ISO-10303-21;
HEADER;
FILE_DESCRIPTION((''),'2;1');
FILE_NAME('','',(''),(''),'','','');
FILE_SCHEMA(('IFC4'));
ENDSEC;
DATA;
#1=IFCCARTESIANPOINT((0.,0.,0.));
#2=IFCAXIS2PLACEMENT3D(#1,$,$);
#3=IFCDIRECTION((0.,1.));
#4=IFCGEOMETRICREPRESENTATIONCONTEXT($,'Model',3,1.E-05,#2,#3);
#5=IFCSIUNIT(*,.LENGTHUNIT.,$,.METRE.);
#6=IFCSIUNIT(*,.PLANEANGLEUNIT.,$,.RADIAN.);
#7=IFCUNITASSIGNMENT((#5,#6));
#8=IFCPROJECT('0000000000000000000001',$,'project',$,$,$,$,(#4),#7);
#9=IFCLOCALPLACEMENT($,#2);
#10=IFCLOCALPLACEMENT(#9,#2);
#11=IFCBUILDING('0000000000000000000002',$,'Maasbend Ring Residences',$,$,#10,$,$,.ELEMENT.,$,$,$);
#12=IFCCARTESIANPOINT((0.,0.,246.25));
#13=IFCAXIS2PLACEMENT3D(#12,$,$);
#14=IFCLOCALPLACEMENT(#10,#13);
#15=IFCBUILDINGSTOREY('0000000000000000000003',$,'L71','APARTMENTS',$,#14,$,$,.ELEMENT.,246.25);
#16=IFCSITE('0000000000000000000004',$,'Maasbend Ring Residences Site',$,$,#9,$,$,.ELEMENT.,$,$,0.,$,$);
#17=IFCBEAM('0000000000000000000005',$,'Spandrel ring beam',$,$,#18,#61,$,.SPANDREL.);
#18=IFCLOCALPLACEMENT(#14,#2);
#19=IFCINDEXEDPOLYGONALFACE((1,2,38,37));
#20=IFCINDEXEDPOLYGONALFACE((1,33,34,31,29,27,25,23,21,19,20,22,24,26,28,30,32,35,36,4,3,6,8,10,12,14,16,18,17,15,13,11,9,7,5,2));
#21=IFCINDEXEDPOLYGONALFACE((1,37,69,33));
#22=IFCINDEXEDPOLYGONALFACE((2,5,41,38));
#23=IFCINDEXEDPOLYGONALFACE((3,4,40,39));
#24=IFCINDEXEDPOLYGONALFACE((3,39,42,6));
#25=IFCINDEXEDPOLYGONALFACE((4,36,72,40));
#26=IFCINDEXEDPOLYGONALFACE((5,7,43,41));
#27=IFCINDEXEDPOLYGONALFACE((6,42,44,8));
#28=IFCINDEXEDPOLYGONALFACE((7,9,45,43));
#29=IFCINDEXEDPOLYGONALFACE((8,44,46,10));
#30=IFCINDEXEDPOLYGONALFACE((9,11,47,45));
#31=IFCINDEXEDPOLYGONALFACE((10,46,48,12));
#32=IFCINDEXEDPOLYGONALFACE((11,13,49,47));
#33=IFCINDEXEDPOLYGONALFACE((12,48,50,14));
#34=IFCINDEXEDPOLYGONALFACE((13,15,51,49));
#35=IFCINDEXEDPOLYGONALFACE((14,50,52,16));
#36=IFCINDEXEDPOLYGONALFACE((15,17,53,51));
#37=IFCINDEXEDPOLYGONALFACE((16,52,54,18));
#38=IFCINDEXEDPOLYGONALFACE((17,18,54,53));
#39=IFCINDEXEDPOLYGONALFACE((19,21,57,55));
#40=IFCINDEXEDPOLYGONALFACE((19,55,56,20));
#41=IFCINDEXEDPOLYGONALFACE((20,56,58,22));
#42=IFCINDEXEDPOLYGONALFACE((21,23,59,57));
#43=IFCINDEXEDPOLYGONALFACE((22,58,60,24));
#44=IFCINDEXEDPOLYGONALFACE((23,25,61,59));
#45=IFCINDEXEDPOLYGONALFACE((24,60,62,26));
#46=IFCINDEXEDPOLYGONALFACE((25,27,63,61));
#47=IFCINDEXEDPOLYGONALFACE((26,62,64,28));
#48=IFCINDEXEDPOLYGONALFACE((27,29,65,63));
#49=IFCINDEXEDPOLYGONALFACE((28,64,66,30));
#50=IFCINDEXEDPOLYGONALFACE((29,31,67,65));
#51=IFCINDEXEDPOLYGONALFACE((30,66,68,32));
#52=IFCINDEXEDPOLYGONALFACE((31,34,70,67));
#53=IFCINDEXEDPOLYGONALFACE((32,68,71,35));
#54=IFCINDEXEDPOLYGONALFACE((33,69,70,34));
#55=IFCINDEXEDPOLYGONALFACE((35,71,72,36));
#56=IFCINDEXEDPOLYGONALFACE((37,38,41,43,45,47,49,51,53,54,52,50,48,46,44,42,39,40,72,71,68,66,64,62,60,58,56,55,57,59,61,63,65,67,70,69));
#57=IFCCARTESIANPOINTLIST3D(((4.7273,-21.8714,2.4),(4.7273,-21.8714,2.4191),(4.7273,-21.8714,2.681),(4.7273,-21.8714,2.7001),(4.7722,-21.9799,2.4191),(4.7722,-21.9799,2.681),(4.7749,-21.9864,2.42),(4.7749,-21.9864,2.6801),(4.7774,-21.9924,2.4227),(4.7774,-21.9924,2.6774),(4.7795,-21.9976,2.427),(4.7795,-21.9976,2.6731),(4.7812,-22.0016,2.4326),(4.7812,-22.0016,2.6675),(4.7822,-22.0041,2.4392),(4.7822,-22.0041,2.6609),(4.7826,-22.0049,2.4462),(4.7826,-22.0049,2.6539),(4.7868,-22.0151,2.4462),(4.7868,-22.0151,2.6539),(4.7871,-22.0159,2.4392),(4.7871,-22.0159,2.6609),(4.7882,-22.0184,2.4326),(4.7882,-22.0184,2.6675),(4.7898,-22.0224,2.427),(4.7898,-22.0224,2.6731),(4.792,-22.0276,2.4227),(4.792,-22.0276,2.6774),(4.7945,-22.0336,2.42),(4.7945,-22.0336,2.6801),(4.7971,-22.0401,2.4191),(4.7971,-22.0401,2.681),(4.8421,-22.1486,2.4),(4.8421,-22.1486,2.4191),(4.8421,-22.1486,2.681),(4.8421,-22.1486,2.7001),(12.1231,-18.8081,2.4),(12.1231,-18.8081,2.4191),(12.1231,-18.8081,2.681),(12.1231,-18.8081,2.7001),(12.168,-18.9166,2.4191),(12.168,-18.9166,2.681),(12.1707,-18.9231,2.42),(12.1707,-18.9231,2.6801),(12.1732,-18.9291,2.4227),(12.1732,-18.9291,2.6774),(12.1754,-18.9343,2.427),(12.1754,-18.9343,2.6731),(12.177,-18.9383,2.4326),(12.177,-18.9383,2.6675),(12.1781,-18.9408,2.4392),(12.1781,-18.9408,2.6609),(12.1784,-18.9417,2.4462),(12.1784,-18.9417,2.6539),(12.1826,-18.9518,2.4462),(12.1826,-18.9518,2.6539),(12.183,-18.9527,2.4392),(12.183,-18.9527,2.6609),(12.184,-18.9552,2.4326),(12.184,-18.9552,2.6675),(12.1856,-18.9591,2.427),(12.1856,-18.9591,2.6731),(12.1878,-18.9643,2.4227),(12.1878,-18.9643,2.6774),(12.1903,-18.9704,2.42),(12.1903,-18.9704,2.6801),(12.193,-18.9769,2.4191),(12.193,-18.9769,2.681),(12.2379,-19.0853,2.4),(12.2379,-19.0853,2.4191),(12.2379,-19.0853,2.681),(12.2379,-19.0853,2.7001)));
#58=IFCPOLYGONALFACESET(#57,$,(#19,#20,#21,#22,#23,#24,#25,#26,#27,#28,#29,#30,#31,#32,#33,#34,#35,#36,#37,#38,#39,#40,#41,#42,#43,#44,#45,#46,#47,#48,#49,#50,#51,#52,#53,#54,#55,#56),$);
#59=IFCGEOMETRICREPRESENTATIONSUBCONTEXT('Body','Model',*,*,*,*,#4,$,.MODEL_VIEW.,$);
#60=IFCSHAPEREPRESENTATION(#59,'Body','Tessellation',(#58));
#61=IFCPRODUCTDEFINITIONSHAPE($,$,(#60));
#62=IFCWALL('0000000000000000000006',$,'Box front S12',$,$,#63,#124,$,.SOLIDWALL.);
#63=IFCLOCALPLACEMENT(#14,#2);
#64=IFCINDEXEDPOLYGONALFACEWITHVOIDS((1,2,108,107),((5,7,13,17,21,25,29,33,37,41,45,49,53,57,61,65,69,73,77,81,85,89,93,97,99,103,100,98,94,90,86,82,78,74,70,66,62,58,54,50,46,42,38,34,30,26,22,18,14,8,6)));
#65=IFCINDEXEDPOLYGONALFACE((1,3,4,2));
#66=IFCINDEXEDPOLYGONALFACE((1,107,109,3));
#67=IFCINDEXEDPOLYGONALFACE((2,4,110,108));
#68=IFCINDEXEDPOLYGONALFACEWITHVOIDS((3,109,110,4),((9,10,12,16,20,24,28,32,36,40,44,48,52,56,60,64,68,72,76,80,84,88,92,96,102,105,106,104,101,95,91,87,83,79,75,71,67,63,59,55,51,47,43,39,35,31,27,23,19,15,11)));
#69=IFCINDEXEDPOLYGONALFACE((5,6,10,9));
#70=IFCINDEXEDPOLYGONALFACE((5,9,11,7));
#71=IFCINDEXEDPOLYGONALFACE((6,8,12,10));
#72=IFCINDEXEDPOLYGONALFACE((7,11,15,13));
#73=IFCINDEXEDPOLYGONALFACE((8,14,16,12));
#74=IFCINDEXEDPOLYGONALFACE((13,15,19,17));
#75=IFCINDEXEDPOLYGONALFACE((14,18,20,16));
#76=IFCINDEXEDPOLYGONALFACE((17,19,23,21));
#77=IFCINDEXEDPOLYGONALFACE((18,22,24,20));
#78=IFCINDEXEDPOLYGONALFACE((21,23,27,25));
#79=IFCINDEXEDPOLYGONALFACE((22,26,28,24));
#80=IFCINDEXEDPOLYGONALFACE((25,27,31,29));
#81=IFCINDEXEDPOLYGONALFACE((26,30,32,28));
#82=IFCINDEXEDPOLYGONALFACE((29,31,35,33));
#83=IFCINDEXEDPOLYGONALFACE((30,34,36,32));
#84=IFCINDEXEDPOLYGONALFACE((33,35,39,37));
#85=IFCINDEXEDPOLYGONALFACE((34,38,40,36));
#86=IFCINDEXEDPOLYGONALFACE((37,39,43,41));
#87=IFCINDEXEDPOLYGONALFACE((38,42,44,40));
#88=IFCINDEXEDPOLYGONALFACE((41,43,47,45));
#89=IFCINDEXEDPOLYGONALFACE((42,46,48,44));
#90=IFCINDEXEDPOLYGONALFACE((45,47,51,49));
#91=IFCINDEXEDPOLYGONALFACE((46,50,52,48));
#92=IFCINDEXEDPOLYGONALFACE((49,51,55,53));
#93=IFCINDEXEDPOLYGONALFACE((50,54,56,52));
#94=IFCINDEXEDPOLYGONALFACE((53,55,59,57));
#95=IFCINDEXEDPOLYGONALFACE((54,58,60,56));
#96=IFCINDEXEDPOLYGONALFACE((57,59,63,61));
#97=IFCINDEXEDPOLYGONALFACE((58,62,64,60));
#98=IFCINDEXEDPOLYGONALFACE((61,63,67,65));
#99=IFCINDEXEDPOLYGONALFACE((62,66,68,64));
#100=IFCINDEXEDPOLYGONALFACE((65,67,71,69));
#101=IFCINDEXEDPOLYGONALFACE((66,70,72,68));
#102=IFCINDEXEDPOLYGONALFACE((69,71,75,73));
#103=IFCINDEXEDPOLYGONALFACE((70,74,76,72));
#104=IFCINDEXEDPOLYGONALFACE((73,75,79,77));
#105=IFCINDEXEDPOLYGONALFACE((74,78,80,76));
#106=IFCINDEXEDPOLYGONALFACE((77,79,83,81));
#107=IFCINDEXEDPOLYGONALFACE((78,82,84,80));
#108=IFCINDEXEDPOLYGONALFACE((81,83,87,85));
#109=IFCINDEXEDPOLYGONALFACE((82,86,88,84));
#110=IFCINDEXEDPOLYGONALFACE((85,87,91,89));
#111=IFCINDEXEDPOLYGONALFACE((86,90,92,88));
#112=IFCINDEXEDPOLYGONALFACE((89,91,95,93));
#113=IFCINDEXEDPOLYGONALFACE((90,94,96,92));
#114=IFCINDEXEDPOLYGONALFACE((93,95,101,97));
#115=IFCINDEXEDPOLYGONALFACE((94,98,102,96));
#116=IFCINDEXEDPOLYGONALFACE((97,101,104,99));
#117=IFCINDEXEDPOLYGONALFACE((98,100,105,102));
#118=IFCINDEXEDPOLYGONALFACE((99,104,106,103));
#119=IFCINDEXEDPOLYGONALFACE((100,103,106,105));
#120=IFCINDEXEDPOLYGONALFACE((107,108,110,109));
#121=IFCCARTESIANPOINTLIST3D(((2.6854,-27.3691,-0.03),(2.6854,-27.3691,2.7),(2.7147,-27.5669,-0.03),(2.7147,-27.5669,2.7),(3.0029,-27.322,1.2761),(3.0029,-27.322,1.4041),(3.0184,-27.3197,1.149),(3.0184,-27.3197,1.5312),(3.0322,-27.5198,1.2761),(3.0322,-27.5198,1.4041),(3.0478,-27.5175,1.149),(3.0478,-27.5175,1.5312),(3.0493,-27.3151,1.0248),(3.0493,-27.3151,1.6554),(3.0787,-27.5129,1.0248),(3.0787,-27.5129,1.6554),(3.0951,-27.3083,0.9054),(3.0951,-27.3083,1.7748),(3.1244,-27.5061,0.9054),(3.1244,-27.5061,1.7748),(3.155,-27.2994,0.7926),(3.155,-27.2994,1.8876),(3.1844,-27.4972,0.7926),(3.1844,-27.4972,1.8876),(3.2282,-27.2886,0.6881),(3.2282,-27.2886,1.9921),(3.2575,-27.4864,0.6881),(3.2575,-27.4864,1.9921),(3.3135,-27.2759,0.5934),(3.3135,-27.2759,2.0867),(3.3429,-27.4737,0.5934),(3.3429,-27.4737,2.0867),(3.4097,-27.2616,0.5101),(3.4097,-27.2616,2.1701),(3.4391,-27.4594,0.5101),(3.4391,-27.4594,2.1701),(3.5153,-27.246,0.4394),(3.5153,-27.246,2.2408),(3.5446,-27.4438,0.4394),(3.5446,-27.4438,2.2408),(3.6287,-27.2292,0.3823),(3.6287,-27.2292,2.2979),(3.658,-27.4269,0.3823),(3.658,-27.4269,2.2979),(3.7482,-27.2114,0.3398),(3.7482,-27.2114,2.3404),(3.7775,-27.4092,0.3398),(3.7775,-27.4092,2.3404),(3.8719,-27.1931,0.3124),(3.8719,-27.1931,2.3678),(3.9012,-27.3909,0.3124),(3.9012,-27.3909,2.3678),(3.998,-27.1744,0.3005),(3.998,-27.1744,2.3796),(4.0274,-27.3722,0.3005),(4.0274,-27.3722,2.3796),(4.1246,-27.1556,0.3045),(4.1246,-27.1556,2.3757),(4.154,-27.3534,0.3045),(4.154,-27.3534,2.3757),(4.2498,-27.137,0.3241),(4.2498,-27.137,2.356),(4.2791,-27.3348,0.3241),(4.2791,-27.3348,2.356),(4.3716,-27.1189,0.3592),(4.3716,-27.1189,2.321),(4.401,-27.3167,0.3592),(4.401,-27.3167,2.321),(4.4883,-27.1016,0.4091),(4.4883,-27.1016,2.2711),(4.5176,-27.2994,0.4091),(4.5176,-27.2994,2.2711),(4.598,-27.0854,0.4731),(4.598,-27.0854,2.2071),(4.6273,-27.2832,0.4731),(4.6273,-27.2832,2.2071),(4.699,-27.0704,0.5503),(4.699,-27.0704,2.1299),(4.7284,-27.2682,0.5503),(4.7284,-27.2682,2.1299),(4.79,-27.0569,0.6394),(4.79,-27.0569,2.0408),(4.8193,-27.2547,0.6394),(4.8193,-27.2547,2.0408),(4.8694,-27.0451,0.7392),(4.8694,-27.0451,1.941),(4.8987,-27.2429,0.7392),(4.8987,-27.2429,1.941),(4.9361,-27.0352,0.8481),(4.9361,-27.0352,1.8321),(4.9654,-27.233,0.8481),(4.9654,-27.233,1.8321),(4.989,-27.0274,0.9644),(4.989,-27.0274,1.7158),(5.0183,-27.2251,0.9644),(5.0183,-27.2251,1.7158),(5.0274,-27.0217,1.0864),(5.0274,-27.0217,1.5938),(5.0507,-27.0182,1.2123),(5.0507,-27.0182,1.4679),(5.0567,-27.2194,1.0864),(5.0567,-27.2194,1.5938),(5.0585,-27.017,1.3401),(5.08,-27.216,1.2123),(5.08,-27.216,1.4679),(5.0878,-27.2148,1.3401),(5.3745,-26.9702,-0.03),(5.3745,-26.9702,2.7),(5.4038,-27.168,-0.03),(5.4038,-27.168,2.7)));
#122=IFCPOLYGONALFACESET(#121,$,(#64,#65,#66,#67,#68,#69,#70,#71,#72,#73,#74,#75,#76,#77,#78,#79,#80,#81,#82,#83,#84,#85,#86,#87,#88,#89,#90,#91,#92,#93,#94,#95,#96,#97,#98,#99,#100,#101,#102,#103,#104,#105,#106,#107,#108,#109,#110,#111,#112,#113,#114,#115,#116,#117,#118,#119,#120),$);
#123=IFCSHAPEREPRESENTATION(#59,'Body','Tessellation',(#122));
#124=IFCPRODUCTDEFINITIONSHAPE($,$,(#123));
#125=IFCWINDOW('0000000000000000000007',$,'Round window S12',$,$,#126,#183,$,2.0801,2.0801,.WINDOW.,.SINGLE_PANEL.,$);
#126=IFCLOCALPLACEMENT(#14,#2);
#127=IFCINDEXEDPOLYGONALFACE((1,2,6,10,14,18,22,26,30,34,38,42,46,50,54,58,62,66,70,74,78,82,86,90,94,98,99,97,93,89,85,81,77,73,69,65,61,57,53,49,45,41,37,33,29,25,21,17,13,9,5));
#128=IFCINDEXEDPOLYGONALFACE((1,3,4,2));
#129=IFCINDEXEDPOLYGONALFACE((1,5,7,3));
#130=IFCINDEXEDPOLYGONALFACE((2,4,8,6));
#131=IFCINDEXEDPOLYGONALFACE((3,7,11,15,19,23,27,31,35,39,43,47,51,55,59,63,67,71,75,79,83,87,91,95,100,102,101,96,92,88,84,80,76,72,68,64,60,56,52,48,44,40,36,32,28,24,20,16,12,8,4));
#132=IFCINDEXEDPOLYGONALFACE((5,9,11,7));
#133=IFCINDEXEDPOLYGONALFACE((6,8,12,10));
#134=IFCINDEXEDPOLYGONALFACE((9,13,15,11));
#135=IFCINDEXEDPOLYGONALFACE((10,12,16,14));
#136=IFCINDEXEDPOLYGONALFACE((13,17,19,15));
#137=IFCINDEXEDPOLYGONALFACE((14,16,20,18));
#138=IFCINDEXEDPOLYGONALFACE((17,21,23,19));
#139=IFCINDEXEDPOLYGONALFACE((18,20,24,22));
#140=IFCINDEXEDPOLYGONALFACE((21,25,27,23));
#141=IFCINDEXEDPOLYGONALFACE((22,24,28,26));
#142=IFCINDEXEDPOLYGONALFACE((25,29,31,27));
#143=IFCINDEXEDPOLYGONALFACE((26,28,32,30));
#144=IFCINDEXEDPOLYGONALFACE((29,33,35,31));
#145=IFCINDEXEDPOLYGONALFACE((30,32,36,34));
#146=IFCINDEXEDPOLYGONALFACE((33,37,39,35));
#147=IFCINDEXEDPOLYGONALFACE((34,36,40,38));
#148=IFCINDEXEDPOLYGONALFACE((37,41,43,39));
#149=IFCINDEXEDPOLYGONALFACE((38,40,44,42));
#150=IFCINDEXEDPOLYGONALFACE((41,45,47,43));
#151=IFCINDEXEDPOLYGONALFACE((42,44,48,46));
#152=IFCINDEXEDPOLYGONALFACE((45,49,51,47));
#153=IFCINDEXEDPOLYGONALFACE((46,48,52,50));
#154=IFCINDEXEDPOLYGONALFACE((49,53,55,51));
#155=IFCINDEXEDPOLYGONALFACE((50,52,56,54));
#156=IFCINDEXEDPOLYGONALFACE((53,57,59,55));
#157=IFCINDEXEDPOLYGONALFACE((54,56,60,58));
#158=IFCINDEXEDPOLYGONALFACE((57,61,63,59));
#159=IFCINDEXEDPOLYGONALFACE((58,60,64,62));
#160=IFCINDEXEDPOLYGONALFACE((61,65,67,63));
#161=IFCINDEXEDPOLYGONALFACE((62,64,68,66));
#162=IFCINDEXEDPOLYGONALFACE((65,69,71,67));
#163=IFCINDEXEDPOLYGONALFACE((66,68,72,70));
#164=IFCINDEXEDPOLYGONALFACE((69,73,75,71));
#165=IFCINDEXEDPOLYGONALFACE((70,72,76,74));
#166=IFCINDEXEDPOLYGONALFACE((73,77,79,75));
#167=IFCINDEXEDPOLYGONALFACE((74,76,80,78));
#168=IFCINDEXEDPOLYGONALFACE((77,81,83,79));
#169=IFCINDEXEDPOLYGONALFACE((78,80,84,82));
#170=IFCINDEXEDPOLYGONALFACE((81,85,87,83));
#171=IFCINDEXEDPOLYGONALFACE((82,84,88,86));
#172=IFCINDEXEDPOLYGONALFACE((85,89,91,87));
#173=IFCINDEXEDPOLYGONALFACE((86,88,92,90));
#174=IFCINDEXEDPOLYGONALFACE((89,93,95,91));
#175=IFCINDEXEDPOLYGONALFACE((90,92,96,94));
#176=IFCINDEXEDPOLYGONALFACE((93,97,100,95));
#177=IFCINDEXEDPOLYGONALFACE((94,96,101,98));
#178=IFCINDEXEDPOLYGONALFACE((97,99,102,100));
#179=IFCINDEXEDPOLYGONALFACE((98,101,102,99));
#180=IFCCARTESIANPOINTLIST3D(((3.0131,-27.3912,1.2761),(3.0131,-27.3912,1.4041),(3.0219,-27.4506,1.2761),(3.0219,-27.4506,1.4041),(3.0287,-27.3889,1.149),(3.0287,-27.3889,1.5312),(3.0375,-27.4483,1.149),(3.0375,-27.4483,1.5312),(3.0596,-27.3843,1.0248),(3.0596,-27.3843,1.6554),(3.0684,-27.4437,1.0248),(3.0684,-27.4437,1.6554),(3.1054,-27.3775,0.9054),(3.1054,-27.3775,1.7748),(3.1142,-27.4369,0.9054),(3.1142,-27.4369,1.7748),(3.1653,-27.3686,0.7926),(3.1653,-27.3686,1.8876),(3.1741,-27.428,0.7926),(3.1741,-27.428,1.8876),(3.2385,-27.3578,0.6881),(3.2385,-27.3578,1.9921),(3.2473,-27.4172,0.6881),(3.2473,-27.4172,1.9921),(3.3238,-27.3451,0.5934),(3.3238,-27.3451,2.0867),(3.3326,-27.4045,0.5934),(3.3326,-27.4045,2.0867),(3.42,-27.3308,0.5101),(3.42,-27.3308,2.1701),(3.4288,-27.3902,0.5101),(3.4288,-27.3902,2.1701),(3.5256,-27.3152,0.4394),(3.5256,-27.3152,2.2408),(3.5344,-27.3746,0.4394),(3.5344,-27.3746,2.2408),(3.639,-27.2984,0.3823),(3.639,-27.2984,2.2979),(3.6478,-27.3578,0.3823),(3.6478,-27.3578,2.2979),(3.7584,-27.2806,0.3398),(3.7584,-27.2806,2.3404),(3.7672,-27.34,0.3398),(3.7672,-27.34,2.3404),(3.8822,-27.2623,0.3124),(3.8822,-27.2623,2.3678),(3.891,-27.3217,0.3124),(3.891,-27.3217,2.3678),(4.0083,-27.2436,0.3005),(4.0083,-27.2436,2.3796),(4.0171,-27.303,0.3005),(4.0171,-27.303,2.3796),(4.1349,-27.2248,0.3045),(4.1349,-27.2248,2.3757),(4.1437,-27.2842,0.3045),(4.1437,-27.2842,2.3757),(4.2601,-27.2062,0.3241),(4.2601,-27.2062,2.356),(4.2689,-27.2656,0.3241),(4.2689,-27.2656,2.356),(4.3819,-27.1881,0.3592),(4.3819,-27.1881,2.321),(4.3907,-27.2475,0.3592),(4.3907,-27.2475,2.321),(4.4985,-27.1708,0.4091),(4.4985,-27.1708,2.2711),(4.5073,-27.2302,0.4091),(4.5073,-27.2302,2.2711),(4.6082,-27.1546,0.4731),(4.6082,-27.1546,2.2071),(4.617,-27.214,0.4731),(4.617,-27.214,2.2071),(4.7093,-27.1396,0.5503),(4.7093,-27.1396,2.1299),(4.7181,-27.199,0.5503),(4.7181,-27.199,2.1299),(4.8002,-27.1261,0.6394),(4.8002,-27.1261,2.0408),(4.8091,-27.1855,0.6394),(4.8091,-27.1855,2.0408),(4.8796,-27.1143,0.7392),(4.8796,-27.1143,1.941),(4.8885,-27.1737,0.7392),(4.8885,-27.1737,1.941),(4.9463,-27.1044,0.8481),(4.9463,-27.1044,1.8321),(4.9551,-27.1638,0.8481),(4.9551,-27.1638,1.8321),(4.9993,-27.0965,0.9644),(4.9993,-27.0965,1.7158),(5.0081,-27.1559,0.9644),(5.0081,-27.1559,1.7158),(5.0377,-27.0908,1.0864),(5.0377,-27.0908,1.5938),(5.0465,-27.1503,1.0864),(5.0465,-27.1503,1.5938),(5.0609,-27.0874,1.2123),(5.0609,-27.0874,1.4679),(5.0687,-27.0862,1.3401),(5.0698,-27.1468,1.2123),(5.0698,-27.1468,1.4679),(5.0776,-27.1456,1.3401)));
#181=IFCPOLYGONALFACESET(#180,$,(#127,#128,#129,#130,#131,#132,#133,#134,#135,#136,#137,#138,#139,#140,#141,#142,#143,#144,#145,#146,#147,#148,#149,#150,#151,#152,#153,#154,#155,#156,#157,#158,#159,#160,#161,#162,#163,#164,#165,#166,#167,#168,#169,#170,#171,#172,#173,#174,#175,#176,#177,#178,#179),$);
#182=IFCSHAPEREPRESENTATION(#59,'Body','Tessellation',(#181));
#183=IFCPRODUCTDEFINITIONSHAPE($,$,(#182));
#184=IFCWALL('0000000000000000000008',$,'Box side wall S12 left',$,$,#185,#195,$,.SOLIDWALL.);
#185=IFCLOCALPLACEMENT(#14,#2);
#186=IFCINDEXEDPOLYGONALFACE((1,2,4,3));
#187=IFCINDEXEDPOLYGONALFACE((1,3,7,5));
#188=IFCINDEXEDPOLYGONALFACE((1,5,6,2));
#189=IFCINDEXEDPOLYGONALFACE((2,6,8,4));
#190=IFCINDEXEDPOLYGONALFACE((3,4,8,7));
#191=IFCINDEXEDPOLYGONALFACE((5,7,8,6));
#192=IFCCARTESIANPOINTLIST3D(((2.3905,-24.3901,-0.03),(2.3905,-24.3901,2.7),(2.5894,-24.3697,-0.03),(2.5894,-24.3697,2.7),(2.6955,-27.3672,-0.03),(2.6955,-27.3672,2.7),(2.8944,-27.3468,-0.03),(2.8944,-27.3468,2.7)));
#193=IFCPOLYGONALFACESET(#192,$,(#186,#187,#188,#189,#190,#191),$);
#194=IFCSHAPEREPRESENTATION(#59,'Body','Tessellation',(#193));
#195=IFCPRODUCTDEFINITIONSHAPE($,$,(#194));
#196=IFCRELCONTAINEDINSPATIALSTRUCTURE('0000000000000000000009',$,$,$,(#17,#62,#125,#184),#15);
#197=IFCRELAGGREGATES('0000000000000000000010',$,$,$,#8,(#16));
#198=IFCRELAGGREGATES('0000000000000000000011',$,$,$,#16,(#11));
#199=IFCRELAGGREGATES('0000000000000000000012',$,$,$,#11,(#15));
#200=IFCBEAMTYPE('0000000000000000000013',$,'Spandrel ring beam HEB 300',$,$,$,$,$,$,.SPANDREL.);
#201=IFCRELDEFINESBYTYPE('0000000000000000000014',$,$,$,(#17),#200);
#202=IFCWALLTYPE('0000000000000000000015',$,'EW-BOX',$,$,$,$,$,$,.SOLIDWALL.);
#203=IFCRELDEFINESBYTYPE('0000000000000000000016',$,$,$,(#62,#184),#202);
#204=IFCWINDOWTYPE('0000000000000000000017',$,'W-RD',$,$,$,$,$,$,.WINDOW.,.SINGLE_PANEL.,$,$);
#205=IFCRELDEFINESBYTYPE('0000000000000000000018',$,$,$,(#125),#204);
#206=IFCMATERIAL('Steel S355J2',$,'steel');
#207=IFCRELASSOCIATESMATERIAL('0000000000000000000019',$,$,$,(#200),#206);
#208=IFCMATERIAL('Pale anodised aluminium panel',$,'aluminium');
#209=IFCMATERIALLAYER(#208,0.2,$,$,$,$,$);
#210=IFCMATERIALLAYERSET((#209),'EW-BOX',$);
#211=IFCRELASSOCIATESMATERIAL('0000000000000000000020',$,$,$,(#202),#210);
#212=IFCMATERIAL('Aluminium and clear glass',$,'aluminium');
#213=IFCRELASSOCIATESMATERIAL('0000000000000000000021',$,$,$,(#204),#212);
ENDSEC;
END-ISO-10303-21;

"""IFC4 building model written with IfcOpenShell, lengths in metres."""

from ifc_helpers import new_model, si_unit, direction, frame, frame_2d, origin, origin_2d, place, context, subcontext, project, spatial, rectangle, circle, i_section, extrude, material, layer, layer_set, material_profile, profile_set, type_object, element, fill, save


model = new_model("IFC4")

# Units and contexts
model_context = context("Model", 3, precision=1e-05, world=origin(), true_north=direction((0.0, 1.0)))
body_context = subcontext(model_context, "Body", "Model", "MODEL_VIEW")
ifc_project = project(units=[si_unit("LENGTHUNIT", "METRE"), si_unit("PLANEANGLEUNIT", "RADIAN")], contexts=[model_context])

# Site, building, storey
site_placement = place(None, origin())
site = spatial("IfcSite", under=ifc_project, at=site_placement, Name="Maasbend Ring Residences Site", CompositionType="ELEMENT", RefElevation=0.0)
building_placement = place(site_placement, origin())
building = spatial("IfcBuilding", under=site, at=building_placement, Name="Maasbend Ring Residences", CompositionType="ELEMENT")
storey_placement = place(building_placement, frame((0.0, 0.0, 246.25)))
storey = spatial("IfcBuildingStorey", under=building, at=storey_placement, Name="L71", Description="APARTMENTS", CompositionType="ELEMENT", Elevation=246.25)

# Beam
ifc_material_1 = material(Name="Steel S355J2", Category="steel")
ifc_material_profile_1 = material_profile(ifc_material_1, i_section(OverallWidth=0.3, OverallDepth=0.3, WebThickness=0.011, FlangeThickness=0.019, FilletRadius=0.0271, at=origin_2d()), Name="HEB 300")
ifc_profile_set_1 = profile_set([ifc_material_profile_1], Name="Steel S355J2")
beam_type = type_object("IfcBeamType", Name="Spandrel ring beam HEB 300", PredefinedType="SPANDREL", material=ifc_profile_set_1)
beam_placement = place(storey_placement, frame((4.7847, -22.01, 2.55), z_axis=(0.923888, 0.382663, 0.0), x_axis=(-0.382663, 0.923888, 0.0)))
element("IfcBeam", 1, at=beam_placement, inside=storey, type_object=beam_type, Name="Spandrel ring beam", PredefinedType="SPANDREL", context=body_context, shape_type="SweptSolid", body=[
    extrude(i_section(OverallWidth=0.3, OverallDepth=0.3, WebThickness=0.011, FlangeThickness=0.019, FilletRadius=0.0271, at=origin_2d()), origin(), (0.0, 0.0, 1.0), 8.0051),
])

# Wall, opening, window
ifc_material_2 = material(Name="Pale anodised aluminium panel", Category="aluminium")
ifc_layer_1 = layer(ifc_material_2, 0.2)
ifc_layer_set_1 = layer_set([ifc_layer_1], Name="EW-BOX")
wall_type_1 = type_object("IfcWallType", Name="EW-BOX", PredefinedType="SOLIDWALL", material=ifc_layer_set_1)
wall_1_placement = place(storey_placement, frame((2.7, -27.468, -0.03), z_axis=(0.0, 0.0, 1.0), x_axis=(0.989174, 0.14675, 0.0)))
wall_1 = element("IfcWall", 2, at=wall_1_placement, inside=storey, type_object=wall_type_1, Name="Box front S12", PredefinedType="SOLIDWALL", context=body_context, shape_type="SweptSolid", body=[
    extrude(rectangle(XDim=2.7185, YDim=0.2, at=frame_2d((1.3594, 0.0))), origin(), (0.0, 0.0, 1.0), 2.73),
])
opening_1_placement = place(wall_1_placement, frame((0.3191, 0.0, 0.3301)))
opening_1 = element("IfcOpeningElement", 3, at=opening_1_placement, cuts=wall_1, PredefinedType="OPENING", context=body_context, shape_type="SweptSolid", body=[
    extrude(circle(Radius=1.04, at=frame_2d((1.04, 1.04))), frame((0.0, 0.1099, 0.0), z_axis=(0.0, -1.0, 0.0), x_axis=(1.0, 0.0, 0.0)), (0.0, 0.0, 1.0), 0.22),
])
ifc_material_3 = material(Name="Aluminium and clear glass", Category="aluminium")
window_type_1 = type_object("IfcWindowType", Name="W-RD", PartitioningType="SINGLE_PANEL", PredefinedType="WINDOW", material=ifc_material_3)
window_1_placement = place(opening_1_placement, origin())
window_1 = element("IfcWindow", 4, at=window_1_placement, inside=storey, type_object=window_type_1, Name="Round window S12", OverallHeight=2.0801, OverallWidth=2.0801, PartitioningType="SINGLE_PANEL", PredefinedType="WINDOW", context=body_context, shape_type="SweptSolid", body=[
    extrude(circle(Radius=1.04, at=frame_2d((1.04, 1.04))), frame((0.0, 0.03, 0.0), z_axis=(0.0, -1.0, 0.0), x_axis=(1.0, 0.0, 0.0)), (0.0, 0.0, 1.0), 0.0601),
])
fill(opening_1, window_1)

# Wall
wall_2_placement = place(storey_placement, frame((2.49, -24.3799, -0.03), z_axis=(0.0, 0.0, 1.0), x_axis=(0.101894, -0.994795, 0.0)))
element("IfcWall", 5, at=wall_2_placement, inside=storey, type_object=wall_type_1, Name="Box side wall S12 left", PredefinedType="SOLIDWALL", context=body_context, shape_type="SweptSolid", body=[
    extrude(rectangle(XDim=2.9927, YDim=0.2, at=frame_2d((1.4963, 0.0))), origin(), (0.0, 0.0, 1.0), 2.73),
])

save(model, "model.ifc")
